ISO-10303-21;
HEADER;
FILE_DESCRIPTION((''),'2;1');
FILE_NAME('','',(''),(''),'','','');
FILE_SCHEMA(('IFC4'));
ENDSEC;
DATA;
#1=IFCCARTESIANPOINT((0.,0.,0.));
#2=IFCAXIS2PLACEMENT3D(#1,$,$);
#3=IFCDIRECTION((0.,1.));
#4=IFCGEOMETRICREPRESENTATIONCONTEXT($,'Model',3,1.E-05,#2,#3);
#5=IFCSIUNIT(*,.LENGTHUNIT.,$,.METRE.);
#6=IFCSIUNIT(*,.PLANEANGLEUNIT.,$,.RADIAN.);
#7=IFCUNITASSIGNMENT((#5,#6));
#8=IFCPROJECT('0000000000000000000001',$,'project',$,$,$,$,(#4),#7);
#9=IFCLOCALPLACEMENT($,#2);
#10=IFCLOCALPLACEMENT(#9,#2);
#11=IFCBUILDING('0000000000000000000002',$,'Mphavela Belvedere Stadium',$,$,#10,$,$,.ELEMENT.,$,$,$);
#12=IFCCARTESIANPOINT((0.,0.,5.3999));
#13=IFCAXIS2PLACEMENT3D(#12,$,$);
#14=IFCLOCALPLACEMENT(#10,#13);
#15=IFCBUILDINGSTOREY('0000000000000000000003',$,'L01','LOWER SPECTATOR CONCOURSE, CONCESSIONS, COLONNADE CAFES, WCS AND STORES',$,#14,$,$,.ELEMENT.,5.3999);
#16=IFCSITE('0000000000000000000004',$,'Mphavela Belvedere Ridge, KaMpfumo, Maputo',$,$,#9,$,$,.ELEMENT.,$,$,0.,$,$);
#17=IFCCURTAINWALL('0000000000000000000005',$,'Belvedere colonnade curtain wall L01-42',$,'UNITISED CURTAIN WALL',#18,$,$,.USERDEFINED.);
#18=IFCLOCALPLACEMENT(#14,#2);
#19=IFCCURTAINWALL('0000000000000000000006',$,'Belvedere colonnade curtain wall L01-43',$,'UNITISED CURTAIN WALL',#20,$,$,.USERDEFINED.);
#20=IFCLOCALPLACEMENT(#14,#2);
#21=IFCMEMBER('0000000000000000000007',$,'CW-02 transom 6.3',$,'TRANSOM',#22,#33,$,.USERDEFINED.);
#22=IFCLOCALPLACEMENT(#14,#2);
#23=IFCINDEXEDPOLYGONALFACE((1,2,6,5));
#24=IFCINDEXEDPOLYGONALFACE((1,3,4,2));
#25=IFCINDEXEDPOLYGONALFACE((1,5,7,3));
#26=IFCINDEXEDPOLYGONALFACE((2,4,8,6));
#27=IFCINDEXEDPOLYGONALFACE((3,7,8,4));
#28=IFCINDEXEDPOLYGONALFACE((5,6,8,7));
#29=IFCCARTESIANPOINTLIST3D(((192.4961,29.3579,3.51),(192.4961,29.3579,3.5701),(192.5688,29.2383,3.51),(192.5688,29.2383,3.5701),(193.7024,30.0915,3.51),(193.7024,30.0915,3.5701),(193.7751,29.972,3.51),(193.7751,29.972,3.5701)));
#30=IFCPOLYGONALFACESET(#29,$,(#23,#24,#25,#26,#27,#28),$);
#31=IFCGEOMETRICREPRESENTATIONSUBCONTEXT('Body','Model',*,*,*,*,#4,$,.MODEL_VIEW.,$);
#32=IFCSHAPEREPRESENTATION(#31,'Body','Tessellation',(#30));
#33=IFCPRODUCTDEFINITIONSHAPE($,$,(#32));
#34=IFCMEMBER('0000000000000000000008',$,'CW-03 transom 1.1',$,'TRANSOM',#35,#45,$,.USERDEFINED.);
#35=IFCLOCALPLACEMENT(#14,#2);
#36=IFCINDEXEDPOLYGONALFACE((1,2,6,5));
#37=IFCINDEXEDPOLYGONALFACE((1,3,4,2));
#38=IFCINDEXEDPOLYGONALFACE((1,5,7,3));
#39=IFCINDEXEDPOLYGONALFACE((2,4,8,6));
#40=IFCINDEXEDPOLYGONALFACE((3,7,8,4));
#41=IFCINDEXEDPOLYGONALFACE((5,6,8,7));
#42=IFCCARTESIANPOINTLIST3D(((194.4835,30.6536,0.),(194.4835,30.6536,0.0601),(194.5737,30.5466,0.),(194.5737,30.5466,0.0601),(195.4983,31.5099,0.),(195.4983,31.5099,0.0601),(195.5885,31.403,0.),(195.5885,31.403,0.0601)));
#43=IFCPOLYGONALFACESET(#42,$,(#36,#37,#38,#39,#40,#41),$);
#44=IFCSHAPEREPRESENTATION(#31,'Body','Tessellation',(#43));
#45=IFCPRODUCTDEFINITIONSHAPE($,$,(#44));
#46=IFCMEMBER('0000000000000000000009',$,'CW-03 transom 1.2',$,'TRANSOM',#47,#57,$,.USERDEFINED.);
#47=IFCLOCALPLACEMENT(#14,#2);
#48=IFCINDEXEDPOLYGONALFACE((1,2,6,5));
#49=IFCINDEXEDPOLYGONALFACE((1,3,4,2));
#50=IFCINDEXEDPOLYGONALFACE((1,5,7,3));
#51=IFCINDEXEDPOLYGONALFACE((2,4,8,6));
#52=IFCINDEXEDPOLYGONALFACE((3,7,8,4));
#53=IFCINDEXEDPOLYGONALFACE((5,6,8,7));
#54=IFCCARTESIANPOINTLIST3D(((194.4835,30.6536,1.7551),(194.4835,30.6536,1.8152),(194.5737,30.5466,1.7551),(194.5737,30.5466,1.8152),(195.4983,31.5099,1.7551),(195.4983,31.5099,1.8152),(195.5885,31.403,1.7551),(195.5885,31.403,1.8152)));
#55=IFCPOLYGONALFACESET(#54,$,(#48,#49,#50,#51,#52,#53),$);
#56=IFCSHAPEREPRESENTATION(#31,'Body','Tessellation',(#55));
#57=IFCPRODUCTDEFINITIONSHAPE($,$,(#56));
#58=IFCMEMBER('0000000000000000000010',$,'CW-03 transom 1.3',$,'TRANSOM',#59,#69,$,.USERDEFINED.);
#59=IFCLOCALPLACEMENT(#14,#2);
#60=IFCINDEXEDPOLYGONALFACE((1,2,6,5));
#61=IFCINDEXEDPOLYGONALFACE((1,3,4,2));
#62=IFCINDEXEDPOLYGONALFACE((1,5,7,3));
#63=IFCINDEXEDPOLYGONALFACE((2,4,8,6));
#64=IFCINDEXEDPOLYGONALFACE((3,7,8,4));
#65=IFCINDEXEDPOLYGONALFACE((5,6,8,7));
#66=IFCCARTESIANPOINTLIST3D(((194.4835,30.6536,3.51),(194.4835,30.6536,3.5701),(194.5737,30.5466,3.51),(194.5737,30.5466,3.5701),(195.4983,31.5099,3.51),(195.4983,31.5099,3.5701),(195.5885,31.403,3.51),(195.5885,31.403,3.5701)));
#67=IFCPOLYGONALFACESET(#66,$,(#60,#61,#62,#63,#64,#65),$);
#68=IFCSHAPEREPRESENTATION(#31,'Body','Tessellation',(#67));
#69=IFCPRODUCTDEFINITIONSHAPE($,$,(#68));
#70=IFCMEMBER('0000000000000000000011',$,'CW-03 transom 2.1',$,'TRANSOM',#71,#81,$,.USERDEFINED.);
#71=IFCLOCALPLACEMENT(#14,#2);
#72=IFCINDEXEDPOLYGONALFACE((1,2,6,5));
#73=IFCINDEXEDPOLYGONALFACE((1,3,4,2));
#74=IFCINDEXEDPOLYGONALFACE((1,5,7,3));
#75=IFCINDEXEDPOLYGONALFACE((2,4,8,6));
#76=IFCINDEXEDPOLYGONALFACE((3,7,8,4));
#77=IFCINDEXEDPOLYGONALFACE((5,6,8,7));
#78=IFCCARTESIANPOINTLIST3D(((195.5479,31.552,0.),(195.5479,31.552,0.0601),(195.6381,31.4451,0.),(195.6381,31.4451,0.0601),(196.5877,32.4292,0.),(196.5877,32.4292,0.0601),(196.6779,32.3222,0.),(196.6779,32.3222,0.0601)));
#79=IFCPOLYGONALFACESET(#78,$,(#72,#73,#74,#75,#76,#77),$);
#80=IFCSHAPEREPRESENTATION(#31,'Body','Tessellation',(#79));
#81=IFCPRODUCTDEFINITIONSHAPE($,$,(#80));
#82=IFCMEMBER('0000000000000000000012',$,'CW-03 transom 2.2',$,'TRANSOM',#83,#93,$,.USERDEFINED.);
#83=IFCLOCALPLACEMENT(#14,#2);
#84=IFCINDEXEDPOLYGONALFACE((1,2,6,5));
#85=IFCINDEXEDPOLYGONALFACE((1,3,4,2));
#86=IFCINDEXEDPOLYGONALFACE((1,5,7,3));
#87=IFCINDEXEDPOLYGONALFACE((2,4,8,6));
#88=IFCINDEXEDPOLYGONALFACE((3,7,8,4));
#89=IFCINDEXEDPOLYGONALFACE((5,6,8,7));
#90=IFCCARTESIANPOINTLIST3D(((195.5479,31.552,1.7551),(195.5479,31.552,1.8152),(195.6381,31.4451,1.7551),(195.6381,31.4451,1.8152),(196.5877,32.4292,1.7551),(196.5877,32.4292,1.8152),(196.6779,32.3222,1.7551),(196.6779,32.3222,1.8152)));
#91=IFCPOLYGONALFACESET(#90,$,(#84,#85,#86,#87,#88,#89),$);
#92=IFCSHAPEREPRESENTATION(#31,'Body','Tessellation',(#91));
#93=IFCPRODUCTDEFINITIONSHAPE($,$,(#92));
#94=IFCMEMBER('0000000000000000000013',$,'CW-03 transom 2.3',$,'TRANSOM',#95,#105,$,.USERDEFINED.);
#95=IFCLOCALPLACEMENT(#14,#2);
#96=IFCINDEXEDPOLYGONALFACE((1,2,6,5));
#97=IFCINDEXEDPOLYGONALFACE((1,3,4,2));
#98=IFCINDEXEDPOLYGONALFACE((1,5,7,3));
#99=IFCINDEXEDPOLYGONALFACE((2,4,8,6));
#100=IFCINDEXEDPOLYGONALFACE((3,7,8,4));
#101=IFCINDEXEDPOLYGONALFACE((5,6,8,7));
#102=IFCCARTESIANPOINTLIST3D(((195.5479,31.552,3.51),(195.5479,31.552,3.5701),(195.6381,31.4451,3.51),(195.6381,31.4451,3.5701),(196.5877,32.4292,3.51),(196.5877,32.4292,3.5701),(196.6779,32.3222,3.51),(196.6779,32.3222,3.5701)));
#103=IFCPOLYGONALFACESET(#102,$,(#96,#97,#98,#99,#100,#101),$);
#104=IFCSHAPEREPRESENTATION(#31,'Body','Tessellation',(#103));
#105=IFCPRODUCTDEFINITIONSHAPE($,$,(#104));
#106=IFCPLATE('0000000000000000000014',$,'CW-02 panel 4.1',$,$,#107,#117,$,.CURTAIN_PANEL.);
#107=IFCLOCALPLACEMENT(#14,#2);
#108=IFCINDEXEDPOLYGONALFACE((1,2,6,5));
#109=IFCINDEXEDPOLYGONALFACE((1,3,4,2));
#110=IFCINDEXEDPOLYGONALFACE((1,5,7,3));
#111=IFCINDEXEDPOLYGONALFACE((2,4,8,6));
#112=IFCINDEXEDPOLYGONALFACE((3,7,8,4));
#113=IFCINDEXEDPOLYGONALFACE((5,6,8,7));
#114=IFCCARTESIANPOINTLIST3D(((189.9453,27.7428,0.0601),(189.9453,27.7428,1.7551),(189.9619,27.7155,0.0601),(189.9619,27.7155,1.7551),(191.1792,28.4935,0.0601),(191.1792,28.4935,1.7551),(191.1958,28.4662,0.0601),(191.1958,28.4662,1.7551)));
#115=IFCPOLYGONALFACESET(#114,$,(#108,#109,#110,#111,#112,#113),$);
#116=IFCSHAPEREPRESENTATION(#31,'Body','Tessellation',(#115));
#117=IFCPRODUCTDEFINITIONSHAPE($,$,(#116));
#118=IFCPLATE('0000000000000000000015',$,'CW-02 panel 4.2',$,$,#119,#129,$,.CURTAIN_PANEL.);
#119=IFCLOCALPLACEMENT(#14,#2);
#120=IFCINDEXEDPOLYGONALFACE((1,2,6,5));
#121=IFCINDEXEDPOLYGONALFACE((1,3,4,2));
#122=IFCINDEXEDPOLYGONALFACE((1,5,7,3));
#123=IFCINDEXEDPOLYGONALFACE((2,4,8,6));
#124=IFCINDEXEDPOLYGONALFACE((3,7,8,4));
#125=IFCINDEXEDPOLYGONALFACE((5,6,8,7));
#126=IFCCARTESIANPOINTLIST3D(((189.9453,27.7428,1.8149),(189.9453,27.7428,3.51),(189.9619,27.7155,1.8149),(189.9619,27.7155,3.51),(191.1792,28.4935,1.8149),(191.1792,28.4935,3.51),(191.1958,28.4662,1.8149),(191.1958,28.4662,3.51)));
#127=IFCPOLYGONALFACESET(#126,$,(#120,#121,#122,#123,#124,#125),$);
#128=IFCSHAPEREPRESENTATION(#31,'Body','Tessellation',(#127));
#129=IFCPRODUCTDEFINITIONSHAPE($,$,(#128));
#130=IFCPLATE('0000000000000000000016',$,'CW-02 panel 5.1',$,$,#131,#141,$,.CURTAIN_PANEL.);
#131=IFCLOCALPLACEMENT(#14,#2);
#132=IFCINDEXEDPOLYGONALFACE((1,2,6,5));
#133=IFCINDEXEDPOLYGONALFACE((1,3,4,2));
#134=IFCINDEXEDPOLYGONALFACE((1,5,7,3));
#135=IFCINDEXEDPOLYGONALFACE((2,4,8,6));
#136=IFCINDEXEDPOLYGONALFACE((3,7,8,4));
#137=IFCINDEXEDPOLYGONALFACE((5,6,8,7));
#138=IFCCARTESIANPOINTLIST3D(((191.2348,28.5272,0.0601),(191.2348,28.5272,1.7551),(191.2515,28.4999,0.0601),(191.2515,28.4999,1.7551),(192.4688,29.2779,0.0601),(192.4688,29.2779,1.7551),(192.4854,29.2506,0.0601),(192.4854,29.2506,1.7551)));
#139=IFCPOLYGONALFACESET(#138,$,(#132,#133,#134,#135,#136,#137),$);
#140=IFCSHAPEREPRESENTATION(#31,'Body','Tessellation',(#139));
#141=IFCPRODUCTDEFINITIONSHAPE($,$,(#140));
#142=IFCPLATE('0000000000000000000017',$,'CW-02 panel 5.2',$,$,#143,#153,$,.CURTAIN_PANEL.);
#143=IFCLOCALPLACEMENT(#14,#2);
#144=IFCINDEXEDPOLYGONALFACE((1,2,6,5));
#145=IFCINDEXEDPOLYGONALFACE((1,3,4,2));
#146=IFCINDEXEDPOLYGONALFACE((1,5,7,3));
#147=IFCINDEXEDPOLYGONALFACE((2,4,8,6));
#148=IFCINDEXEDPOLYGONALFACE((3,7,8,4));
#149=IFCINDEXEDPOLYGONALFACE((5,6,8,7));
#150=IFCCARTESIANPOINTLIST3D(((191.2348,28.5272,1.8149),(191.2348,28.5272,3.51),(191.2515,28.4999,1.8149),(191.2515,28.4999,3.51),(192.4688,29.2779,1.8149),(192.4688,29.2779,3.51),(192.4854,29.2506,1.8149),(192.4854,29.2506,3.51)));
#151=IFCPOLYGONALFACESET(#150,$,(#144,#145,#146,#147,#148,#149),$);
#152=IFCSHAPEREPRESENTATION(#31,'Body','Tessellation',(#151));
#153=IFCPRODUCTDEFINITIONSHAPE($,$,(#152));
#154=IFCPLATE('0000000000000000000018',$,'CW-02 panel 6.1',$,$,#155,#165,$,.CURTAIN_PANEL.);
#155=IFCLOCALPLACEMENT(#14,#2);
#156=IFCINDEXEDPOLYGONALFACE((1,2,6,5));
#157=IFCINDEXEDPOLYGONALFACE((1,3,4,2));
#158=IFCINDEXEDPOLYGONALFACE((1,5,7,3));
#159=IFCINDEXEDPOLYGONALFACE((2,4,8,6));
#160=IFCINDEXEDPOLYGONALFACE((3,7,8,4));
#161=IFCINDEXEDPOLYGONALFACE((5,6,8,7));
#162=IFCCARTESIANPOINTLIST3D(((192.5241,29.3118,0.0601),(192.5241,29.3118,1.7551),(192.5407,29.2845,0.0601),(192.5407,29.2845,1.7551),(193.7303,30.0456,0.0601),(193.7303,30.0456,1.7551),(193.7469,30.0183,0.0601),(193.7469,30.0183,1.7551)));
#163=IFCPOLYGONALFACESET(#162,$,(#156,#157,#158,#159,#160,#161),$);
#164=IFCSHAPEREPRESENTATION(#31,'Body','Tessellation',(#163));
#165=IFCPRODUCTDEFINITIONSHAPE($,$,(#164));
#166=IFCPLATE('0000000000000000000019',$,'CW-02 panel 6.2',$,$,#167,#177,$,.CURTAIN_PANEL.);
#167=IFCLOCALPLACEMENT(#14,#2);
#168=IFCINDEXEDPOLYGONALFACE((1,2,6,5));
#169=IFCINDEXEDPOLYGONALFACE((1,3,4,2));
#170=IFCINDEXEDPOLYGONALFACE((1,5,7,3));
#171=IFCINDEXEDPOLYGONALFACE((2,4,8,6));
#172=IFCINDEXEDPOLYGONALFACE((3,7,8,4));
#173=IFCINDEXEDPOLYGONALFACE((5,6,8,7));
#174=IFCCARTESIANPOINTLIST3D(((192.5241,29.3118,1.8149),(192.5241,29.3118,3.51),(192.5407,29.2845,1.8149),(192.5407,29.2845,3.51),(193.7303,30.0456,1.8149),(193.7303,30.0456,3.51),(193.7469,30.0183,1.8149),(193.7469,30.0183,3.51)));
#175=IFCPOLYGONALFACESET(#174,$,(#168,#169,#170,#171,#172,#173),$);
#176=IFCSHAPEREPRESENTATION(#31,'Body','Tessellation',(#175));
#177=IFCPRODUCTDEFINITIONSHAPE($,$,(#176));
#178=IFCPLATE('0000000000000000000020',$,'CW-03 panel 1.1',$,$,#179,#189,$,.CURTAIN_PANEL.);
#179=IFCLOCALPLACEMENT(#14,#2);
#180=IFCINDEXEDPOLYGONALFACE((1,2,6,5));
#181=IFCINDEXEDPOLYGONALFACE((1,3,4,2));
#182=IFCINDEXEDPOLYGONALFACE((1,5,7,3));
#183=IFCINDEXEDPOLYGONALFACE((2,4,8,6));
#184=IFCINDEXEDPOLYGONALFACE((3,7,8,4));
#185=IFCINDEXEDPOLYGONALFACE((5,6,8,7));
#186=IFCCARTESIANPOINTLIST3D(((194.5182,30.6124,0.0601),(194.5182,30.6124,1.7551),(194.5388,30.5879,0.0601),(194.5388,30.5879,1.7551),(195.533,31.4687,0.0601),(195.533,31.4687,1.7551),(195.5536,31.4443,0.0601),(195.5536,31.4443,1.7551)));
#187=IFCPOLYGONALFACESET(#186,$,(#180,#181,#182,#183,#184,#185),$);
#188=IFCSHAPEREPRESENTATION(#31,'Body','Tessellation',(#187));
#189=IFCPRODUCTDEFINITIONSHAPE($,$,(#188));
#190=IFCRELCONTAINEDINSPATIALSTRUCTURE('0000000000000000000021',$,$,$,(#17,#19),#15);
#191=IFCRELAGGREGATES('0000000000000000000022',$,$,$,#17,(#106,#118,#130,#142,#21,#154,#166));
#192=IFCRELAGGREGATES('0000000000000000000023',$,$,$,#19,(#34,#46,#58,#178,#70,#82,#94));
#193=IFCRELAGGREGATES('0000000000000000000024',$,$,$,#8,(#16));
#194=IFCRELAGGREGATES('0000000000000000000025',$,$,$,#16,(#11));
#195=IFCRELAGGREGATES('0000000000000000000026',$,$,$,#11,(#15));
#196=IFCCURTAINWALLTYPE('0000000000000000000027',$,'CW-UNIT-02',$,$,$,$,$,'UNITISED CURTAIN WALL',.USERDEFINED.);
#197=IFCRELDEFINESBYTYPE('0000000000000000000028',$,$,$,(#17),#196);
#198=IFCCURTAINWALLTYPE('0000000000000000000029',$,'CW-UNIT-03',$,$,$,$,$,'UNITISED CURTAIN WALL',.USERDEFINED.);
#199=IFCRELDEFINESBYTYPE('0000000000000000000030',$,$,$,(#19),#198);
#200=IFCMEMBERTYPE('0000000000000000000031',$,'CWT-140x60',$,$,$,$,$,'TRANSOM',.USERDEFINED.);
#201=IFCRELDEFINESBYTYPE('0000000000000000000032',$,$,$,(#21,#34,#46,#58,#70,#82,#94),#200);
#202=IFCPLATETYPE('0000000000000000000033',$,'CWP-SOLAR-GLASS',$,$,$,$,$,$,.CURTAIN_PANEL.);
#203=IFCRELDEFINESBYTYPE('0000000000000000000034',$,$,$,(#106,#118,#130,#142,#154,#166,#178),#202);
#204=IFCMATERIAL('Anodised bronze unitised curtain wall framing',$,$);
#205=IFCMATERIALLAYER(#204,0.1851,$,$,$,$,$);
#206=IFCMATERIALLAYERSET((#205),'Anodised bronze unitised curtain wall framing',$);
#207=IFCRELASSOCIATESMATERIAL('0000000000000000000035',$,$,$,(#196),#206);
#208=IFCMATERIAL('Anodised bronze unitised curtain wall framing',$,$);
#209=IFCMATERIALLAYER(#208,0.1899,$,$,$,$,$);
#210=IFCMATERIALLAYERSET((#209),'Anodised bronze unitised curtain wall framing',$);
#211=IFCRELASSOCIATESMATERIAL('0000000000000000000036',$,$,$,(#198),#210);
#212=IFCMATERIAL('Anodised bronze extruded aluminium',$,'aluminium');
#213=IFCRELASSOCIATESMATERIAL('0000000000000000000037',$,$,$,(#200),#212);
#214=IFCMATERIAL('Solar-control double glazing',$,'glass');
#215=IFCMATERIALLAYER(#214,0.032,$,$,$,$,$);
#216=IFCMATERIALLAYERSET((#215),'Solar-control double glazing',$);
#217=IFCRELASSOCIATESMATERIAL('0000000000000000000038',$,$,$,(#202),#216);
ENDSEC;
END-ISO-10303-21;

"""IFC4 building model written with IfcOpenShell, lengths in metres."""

from ifc_helpers import new_model, si_unit, direction, frame, origin, origin_2d, place, context, subcontext, project, spatial, rectangle, extrude, material, layer, layer_set, material_profile, profile_set, type_object, element, aggregate, save


model = new_model("IFC4")

# Units and contexts
model_context = context("Model", 3, precision=1e-05, world=origin(), true_north=direction((0.0, 1.0)))
body_context = subcontext(model_context, "Body", "Model", "MODEL_VIEW")
ifc_project = project(units=[si_unit("LENGTHUNIT", "METRE"), si_unit("PLANEANGLEUNIT", "RADIAN")], contexts=[model_context])

# Site, building, storey
site_placement = place(None, origin())
site = spatial("IfcSite", under=ifc_project, at=site_placement, Name="Mphavela Belvedere Ridge, KaMpfumo, Maputo", CompositionType="ELEMENT", RefElevation=0.0)
building_placement = place(site_placement, origin())
building = spatial("IfcBuilding", under=site, at=building_placement, Name="Mphavela Belvedere Stadium", CompositionType="ELEMENT")
storey_placement = place(building_placement, frame((0.0, 0.0, 5.3999)))
storey = spatial("IfcBuildingStorey", under=building, at=storey_placement, Name="L01", Description="LOWER SPECTATOR CONCOURSE, CONCESSIONS, COLONNADE CAFES, WCS AND STORES", CompositionType="ELEMENT", Elevation=5.3999)

# Curtain walls
ifc_material_1 = material(Name="Anodised bronze unitised curtain wall framing")
ifc_layer_1 = layer(ifc_material_1, 0.1851)
ifc_layer_set_1 = layer_set([ifc_layer_1], Name="Anodised bronze unitised curtain wall framing")
curtain_wall_type_1 = type_object("IfcCurtainWallType", Name="CW-UNIT-02", ElementType="UNITISED CURTAIN WALL", PredefinedType="USERDEFINED", material=ifc_layer_set_1)
curtain_wall_1_placement = place(storey_placement, origin())
curtain_wall_1 = element("IfcCurtainWall", 1, at=curtain_wall_1_placement, inside=storey, type_object=curtain_wall_type_1, Name="Belvedere colonnade curtain wall L01-42", ObjectType="UNITISED CURTAIN WALL", PredefinedType="USERDEFINED")
ifc_material_2 = material(Name="Anodised bronze unitised curtain wall framing")
ifc_layer_2 = layer(ifc_material_2, 0.1899)
ifc_layer_set_2 = layer_set([ifc_layer_2], Name="Anodised bronze unitised curtain wall framing")
curtain_wall_type_2 = type_object("IfcCurtainWallType", Name="CW-UNIT-03", ElementType="UNITISED CURTAIN WALL", PredefinedType="USERDEFINED", material=ifc_layer_set_2)
curtain_wall_2_placement = place(storey_placement, origin())
curtain_wall_2 = element("IfcCurtainWall", 2, at=curtain_wall_2_placement, inside=storey, type_object=curtain_wall_type_2, Name="Belvedere colonnade curtain wall L01-43", ObjectType="UNITISED CURTAIN WALL", PredefinedType="USERDEFINED")

# Members
ifc_material_3 = material(Name="Anodised bronze extruded aluminium", Category="aluminium")
ifc_material_profile_1 = material_profile(ifc_material_3, rectangle(XDim=0.1399, YDim=0.0601, at=origin_2d()), Name="CW-TRN 140x60")
ifc_profile_set_1 = profile_set([ifc_material_profile_1], Name="Anodised bronze extruded aluminium")
member_type_1 = type_object("IfcMemberType", Name="CWT-140x60", ElementType="TRANSOM", PredefinedType="USERDEFINED", material=ifc_profile_set_1)
member_1_placement = place(storey_placement, frame((192.5325, 29.2981, 3.54), z_axis=(0.854396, 0.519623, 0.0), x_axis=(-0.519623, 0.854396, 0.0)))
member_1 = element("IfcMember", 3, at=member_1_placement, type_object=member_type_1, Name="CW-02 transom 6.3", ObjectType="TRANSOM", PredefinedType="USERDEFINED", context=body_context, shape_type="SweptSolid", body=[
    extrude(rectangle(XDim=0.1399, YDim=0.0601, at=origin_2d()), origin(), (0.0, 0.0, 1.0), 1.4119),
])
member_2_placement = place(storey_placement, frame((194.5286, 30.6001, 0.03), z_axis=(0.764243, 0.644928, 0.0), x_axis=(-0.644928, 0.764243, 0.0)))
member_2 = element("IfcMember", 4, at=member_2_placement, type_object=member_type_1, Name="CW-03 transom 1.1", ObjectType="TRANSOM", PredefinedType="USERDEFINED", context=body_context, shape_type="SweptSolid", body=[
    extrude(rectangle(XDim=0.1399, YDim=0.0601, at=origin_2d()), origin(), (0.0, 0.0, 1.0), 1.3279),
])
member_3_placement = place(storey_placement, frame((194.5286, 30.6001, 1.7852), z_axis=(0.764243, 0.644928, 0.0), x_axis=(-0.644928, 0.764243, 0.0)))
member_3 = element("IfcMember", 5, at=member_3_placement, type_object=member_type_1, Name="CW-03 transom 1.2", ObjectType="TRANSOM", PredefinedType="USERDEFINED", context=body_context, shape_type="SweptSolid", body=[
    extrude(rectangle(XDim=0.1399, YDim=0.0601, at=origin_2d()), origin(), (0.0, 0.0, 1.0), 1.3279),
])
member_4_placement = place(storey_placement, frame((194.5286, 30.6001, 3.54), z_axis=(0.764243, 0.644928, 0.0), x_axis=(-0.644928, 0.764243, 0.0)))
member_4 = element("IfcMember", 6, at=member_4_placement, type_object=member_type_1, Name="CW-03 transom 1.3", ObjectType="TRANSOM", PredefinedType="USERDEFINED", context=body_context, shape_type="SweptSolid", body=[
    extrude(rectangle(XDim=0.1399, YDim=0.0601, at=origin_2d()), origin(), (0.0, 0.0, 1.0), 1.3279),
])
member_5_placement = place(storey_placement, frame((195.593, 31.4985, 0.03), z_axis=(0.764338, 0.644815, 0.0), x_axis=(-0.644815, 0.764338, 0.0)))
member_5 = element("IfcMember", 7, at=member_5_placement, type_object=member_type_1, Name="CW-03 transom 2.1", ObjectType="TRANSOM", PredefinedType="USERDEFINED", context=body_context, shape_type="SweptSolid", body=[
    extrude(rectangle(XDim=0.1399, YDim=0.0601, at=origin_2d()), origin(), (0.0, 0.0, 1.0), 1.3604),
])
member_6_placement = place(storey_placement, frame((195.593, 31.4985, 1.7852), z_axis=(0.764338, 0.644815, 0.0), x_axis=(-0.644815, 0.764338, 0.0)))
member_6 = element("IfcMember", 8, at=member_6_placement, type_object=member_type_1, Name="CW-03 transom 2.2", ObjectType="TRANSOM", PredefinedType="USERDEFINED", context=body_context, shape_type="SweptSolid", body=[
    extrude(rectangle(XDim=0.1399, YDim=0.0601, at=origin_2d()), origin(), (0.0, 0.0, 1.0), 1.3604),
])
member_7_placement = place(storey_placement, frame((195.593, 31.4985, 3.54), z_axis=(0.764338, 0.644815, 0.0), x_axis=(-0.644815, 0.764338, 0.0)))
member_7 = element("IfcMember", 9, at=member_7_placement, type_object=member_type_1, Name="CW-03 transom 2.3", ObjectType="TRANSOM", PredefinedType="USERDEFINED", context=body_context, shape_type="SweptSolid", body=[
    extrude(rectangle(XDim=0.1399, YDim=0.0601, at=origin_2d()), origin(), (0.0, 0.0, 1.0), 1.3604),
])

# Plates
ifc_material_4 = material(Name="Solar-control double glazing", Category="glass")
ifc_layer_3 = layer(ifc_material_4, 0.032)
ifc_layer_set_3 = layer_set([ifc_layer_3], Name="Solar-control double glazing")
plate_type = type_object("IfcPlateType", Name="CWP-SOLAR-GLASS", PredefinedType="CURTAIN_PANEL", material=ifc_layer_set_3)
plate_1_placement = place(storey_placement, frame((190.5706, 28.1045, 0.0601), z_axis=(0.0, 0.0, 1.0), x_axis=(0.854328, 0.519735, 0.0)))
plate_1 = element("IfcPlate", 10, at=plate_1_placement, type_object=plate_type, Name="CW-02 panel 4.1", PredefinedType="CURTAIN_PANEL", context=body_context, shape_type="SweptSolid", body=[
    extrude(rectangle(XDim=1.4443, YDim=0.032, at=origin_2d()), origin(), (0.0, 0.0, 1.0), 1.6951),
])
plate_2_placement = place(storey_placement, frame((190.5706, 28.1045, 1.8149), z_axis=(0.0, 0.0, 1.0), x_axis=(0.854328, 0.519735, 0.0)))
plate_2 = element("IfcPlate", 11, at=plate_2_placement, type_object=plate_type, Name="CW-02 panel 4.2", PredefinedType="CURTAIN_PANEL", context=body_context, shape_type="SweptSolid", body=[
    extrude(rectangle(XDim=1.4443, YDim=0.032, at=origin_2d()), origin(), (0.0, 0.0, 1.0), 1.6951),
])
plate_3_placement = place(storey_placement, frame((191.8601, 28.8889, 0.0601), z_axis=(0.0, 0.0, 1.0), x_axis=(0.854328, 0.519735, 0.0)))
plate_3 = element("IfcPlate", 12, at=plate_3_placement, type_object=plate_type, Name="CW-02 panel 5.1", PredefinedType="CURTAIN_PANEL", context=body_context, shape_type="SweptSolid", body=[
    extrude(rectangle(XDim=1.4443, YDim=0.032, at=origin_2d()), origin(), (0.0, 0.0, 1.0), 1.6951),
])
plate_4_placement = place(storey_placement, frame((191.8601, 28.8889, 1.8149), z_axis=(0.0, 0.0, 1.0), x_axis=(0.854328, 0.519735, 0.0)))
plate_4 = element("IfcPlate", 13, at=plate_4_placement, type_object=plate_type, Name="CW-02 panel 5.2", PredefinedType="CURTAIN_PANEL", context=body_context, shape_type="SweptSolid", body=[
    extrude(rectangle(XDim=1.4443, YDim=0.032, at=origin_2d()), origin(), (0.0, 0.0, 1.0), 1.6951),
])
plate_5_placement = place(storey_placement, frame((193.1355, 29.665, 0.0601), z_axis=(0.0, 0.0, 1.0), x_axis=(0.854328, 0.519735, 0.0)))
plate_5 = element("IfcPlate", 14, at=plate_5_placement, type_object=plate_type, Name="CW-02 panel 6.1", PredefinedType="CURTAIN_PANEL", context=body_context, shape_type="SweptSolid", body=[
    extrude(rectangle(XDim=1.4119, YDim=0.032, at=origin_2d()), origin(), (0.0, 0.0, 1.0), 1.6951),
])
plate_6_placement = place(storey_placement, frame((193.1355, 29.665, 1.8149), z_axis=(0.0, 0.0, 1.0), x_axis=(0.854328, 0.519735, 0.0)))
plate_6 = element("IfcPlate", 15, at=plate_6_placement, type_object=plate_type, Name="CW-02 panel 6.2", PredefinedType="CURTAIN_PANEL", context=body_context, shape_type="SweptSolid", body=[
    extrude(rectangle(XDim=1.4119, YDim=0.032, at=origin_2d()), origin(), (0.0, 0.0, 1.0), 1.6951),
])
aggregate(curtain_wall_1, [plate_1, plate_2, plate_3, plate_4, member_1, plate_5, plate_6])
plate_7_placement = place(storey_placement, frame((195.0359, 31.0283, 0.0601), z_axis=(0.0, 0.0, 1.0), x_axis=(0.764259, 0.64491, 0.0)))
plate_7 = element("IfcPlate", 16, at=plate_7_placement, type_object=plate_type, Name="CW-03 panel 1.1", PredefinedType="CURTAIN_PANEL", context=body_context, shape_type="SweptSolid", body=[
    extrude(rectangle(XDim=1.3279, YDim=0.032, at=origin_2d()), origin(), (0.0, 0.0, 1.0), 1.6951),
])
aggregate(curtain_wall_2, [member_2, member_3, member_4, plate_7, member_5, member_6, member_7])

save(model, "model.ifc")
